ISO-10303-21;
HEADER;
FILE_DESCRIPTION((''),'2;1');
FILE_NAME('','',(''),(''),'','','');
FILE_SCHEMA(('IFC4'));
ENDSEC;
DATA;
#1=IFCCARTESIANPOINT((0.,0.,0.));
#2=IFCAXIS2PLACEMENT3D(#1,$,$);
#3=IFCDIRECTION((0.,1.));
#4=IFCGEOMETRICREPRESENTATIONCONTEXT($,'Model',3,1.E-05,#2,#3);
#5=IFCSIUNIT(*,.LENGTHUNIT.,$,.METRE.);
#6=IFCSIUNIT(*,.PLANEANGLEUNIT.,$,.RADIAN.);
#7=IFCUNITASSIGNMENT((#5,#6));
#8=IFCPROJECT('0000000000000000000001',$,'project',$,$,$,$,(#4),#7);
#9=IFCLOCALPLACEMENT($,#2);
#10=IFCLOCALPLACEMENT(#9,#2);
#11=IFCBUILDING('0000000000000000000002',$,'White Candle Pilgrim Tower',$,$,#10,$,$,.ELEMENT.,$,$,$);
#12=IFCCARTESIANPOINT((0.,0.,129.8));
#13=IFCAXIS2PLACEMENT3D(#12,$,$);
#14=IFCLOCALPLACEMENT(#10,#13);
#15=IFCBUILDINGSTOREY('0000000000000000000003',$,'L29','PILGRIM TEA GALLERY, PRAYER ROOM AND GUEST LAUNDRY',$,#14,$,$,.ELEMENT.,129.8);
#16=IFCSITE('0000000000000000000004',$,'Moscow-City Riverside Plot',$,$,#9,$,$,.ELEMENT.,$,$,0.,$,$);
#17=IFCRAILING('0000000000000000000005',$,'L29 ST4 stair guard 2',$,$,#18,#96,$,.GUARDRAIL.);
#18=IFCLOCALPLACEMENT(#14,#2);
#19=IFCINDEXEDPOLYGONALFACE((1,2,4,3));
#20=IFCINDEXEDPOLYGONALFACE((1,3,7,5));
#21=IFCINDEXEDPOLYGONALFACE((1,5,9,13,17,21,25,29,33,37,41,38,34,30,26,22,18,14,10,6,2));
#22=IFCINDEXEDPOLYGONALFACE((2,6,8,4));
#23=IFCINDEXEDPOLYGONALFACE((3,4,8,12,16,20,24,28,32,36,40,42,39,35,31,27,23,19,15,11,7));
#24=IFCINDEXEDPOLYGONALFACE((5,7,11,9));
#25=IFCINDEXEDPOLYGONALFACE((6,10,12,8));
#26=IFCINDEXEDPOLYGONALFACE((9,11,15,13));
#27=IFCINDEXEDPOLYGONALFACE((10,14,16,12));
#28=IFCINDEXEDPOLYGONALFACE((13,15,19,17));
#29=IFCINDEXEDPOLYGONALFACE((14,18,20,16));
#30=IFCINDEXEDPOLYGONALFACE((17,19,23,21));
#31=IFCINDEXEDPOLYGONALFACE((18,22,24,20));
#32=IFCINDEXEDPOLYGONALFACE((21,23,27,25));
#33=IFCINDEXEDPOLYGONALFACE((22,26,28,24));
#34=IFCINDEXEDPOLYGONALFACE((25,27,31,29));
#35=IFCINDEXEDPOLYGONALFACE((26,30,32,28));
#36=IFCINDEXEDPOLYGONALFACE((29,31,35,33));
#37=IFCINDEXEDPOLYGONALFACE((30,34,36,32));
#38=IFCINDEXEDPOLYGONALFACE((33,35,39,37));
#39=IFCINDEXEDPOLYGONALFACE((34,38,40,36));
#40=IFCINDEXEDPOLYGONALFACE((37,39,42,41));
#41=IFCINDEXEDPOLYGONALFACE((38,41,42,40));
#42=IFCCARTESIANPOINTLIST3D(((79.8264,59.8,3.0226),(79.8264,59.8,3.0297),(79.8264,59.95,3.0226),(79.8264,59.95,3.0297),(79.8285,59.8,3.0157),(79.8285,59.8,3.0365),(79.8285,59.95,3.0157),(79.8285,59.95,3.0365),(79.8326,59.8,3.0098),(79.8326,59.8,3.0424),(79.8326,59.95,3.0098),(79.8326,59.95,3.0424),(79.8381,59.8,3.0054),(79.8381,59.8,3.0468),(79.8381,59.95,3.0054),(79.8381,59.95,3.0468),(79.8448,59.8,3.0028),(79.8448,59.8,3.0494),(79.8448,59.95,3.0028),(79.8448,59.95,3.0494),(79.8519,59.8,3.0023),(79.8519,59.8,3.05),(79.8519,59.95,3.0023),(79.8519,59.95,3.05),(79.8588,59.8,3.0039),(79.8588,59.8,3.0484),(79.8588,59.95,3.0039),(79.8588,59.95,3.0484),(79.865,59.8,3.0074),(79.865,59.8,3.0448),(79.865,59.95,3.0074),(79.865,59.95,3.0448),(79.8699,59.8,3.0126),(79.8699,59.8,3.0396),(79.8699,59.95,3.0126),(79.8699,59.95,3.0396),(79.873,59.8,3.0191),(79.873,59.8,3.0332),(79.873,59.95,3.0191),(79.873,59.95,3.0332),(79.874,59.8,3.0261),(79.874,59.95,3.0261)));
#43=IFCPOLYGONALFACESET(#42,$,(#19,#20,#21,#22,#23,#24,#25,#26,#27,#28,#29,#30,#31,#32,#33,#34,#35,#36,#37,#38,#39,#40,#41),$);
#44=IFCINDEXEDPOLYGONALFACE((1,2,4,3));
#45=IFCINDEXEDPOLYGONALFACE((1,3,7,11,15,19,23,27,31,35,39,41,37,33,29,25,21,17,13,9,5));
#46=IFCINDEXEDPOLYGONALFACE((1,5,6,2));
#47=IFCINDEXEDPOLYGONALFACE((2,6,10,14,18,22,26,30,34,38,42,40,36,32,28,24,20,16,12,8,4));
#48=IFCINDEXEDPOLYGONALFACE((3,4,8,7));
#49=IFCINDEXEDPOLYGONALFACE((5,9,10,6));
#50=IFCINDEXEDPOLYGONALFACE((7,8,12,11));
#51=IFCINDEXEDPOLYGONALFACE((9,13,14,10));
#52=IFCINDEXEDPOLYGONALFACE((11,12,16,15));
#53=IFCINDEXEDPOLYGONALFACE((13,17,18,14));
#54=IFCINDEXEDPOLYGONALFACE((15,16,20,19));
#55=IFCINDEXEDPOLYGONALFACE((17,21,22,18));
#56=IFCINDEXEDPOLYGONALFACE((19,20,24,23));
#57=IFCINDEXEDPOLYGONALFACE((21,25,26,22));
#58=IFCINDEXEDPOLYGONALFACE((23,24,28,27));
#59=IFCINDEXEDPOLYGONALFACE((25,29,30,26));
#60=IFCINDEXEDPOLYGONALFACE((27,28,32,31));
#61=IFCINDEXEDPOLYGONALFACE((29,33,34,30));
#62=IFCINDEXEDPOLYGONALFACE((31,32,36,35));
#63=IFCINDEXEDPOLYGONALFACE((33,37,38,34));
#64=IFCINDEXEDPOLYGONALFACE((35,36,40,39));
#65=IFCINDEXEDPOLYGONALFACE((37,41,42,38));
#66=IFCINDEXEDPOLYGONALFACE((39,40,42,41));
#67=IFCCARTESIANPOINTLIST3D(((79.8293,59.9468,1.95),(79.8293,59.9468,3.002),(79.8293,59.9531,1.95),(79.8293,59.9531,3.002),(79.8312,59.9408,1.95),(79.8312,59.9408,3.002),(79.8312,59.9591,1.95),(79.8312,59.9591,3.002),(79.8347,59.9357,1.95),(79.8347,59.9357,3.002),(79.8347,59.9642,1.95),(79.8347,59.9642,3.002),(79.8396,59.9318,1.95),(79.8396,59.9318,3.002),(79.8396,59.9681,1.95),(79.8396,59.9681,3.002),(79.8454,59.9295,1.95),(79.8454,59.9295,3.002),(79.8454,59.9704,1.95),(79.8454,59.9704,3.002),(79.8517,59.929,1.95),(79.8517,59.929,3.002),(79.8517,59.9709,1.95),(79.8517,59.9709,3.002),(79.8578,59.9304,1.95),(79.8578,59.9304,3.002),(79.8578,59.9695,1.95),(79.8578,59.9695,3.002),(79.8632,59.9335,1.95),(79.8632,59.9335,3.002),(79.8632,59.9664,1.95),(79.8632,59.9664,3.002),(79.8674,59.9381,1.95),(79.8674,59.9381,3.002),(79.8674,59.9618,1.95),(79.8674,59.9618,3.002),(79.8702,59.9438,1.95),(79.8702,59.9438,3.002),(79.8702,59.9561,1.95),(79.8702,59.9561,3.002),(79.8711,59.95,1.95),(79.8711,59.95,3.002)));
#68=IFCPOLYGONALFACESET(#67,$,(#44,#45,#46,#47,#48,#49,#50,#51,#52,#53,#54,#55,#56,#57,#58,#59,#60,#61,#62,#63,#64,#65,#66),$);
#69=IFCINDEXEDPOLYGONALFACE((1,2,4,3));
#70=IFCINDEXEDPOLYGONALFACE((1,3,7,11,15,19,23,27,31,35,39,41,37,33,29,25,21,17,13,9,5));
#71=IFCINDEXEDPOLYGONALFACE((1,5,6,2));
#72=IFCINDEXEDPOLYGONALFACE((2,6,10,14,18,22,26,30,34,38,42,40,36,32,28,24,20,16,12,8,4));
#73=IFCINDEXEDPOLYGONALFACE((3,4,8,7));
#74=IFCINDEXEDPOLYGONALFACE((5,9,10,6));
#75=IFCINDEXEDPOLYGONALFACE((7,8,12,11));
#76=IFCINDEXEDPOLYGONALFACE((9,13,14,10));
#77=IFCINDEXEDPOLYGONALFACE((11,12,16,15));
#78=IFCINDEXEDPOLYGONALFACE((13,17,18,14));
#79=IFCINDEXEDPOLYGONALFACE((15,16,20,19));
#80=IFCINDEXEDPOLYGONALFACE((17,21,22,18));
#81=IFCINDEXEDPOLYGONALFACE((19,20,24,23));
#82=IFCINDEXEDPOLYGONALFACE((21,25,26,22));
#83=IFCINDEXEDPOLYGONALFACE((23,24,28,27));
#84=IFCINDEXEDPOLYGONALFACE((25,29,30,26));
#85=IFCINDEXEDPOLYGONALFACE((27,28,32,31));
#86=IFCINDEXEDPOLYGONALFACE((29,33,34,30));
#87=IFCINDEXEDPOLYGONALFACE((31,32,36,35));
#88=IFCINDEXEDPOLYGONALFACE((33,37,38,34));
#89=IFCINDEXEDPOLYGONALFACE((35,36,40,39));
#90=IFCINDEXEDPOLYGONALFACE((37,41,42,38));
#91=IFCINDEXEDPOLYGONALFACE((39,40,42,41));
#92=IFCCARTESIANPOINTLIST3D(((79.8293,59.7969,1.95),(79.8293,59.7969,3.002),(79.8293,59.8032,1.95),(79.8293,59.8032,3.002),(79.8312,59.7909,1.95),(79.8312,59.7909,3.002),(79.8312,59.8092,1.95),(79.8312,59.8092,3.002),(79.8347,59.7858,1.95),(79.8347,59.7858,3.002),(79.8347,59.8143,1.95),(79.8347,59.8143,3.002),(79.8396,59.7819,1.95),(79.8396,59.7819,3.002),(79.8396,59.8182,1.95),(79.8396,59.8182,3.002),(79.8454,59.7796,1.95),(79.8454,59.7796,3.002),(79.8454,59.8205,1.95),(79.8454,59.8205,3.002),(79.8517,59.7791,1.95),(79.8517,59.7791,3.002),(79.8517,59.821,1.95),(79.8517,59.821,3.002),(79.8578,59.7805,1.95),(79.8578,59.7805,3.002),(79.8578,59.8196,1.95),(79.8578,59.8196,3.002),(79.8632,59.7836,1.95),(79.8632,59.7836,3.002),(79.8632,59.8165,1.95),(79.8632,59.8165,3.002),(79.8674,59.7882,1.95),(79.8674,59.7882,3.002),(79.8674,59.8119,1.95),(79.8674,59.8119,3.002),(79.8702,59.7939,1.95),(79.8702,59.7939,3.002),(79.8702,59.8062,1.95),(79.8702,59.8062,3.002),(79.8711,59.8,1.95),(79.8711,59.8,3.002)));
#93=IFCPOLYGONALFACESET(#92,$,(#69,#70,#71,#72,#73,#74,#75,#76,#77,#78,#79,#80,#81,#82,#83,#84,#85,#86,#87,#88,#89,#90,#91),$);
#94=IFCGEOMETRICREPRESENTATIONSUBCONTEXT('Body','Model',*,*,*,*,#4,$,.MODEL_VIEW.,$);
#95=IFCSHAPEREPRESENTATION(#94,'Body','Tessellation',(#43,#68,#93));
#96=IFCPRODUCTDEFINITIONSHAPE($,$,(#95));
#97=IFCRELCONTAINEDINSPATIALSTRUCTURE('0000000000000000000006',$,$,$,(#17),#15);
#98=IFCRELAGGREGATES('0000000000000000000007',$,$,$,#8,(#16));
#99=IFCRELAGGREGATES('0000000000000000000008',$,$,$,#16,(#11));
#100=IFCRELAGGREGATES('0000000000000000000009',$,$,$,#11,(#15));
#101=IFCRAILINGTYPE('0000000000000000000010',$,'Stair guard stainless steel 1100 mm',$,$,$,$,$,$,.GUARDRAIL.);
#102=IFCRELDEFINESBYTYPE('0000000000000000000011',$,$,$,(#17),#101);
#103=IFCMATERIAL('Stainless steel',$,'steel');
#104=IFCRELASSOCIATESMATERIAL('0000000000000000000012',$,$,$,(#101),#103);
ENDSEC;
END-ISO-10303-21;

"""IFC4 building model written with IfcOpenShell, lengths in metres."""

from ifc_helpers import new_model, si_unit, direction, frame, origin, origin_2d, place, context, subcontext, project, spatial, circle, extrude, material, type_object, element, save


model = new_model("IFC4")

# Units and contexts
model_context = context("Model", 3, precision=1e-05, world=origin(), true_north=direction((0.0, 1.0)))
body_context = subcontext(model_context, "Body", "Model", "MODEL_VIEW")
ifc_project = project(units=[si_unit("LENGTHUNIT", "METRE"), si_unit("PLANEANGLEUNIT", "RADIAN")], contexts=[model_context])

# Site, building, storey
site_placement = place(None, origin())
site = spatial("IfcSite", under=ifc_project, at=site_placement, Name="Moscow-City Riverside Plot", CompositionType="ELEMENT", RefElevation=0.0)
building_placement = place(site_placement, origin())
building = spatial("IfcBuilding", under=site, at=building_placement, Name="White Candle Pilgrim Tower", CompositionType="ELEMENT")
storey_placement = place(building_placement, frame((0.0, 0.0, 129.8)))
storey = spatial("IfcBuildingStorey", under=building, at=storey_placement, Name="L29", Description="PILGRIM TEA GALLERY, PRAYER ROOM AND GUEST LAUNDRY", CompositionType="ELEMENT", Elevation=129.8)

# Railing
ifc_material_1 = material(Name="Stainless steel", Category="steel")
railing_type_1 = type_object("IfcRailingType", Name="Stair guard stainless steel 1100 mm", PredefinedType="GUARDRAIL", material=ifc_material_1)
railing_1_placement = place(storey_placement, frame((79.8501, 59.95, 1.95)))
element("IfcRailing", 1, at=railing_1_placement, inside=storey, type_object=railing_type_1, Name="L29 ST4 stair guard 2", PredefinedType="GUARDRAIL", context=body_context, shape_type="SweptSolid", body=[
    extrude(circle(Radius=0.0239, at=origin_2d()), frame((0.0, 0.0, 1.0762), z_axis=(0.0, -1.0, 0.0), x_axis=(1.0, 0.0, 0.0)), (0.0, 0.0, 1.0), 0.1499),
    extrude(circle(Radius=0.021, at=origin_2d()), origin(), (0.0, 0.0, 1.0), 1.052),
    extrude(circle(Radius=0.021, at=origin_2d()), frame((0.0, -0.1499, 0.0)), (0.0, 0.0, 1.0), 1.052),
])

save(model, "model.ifc")
